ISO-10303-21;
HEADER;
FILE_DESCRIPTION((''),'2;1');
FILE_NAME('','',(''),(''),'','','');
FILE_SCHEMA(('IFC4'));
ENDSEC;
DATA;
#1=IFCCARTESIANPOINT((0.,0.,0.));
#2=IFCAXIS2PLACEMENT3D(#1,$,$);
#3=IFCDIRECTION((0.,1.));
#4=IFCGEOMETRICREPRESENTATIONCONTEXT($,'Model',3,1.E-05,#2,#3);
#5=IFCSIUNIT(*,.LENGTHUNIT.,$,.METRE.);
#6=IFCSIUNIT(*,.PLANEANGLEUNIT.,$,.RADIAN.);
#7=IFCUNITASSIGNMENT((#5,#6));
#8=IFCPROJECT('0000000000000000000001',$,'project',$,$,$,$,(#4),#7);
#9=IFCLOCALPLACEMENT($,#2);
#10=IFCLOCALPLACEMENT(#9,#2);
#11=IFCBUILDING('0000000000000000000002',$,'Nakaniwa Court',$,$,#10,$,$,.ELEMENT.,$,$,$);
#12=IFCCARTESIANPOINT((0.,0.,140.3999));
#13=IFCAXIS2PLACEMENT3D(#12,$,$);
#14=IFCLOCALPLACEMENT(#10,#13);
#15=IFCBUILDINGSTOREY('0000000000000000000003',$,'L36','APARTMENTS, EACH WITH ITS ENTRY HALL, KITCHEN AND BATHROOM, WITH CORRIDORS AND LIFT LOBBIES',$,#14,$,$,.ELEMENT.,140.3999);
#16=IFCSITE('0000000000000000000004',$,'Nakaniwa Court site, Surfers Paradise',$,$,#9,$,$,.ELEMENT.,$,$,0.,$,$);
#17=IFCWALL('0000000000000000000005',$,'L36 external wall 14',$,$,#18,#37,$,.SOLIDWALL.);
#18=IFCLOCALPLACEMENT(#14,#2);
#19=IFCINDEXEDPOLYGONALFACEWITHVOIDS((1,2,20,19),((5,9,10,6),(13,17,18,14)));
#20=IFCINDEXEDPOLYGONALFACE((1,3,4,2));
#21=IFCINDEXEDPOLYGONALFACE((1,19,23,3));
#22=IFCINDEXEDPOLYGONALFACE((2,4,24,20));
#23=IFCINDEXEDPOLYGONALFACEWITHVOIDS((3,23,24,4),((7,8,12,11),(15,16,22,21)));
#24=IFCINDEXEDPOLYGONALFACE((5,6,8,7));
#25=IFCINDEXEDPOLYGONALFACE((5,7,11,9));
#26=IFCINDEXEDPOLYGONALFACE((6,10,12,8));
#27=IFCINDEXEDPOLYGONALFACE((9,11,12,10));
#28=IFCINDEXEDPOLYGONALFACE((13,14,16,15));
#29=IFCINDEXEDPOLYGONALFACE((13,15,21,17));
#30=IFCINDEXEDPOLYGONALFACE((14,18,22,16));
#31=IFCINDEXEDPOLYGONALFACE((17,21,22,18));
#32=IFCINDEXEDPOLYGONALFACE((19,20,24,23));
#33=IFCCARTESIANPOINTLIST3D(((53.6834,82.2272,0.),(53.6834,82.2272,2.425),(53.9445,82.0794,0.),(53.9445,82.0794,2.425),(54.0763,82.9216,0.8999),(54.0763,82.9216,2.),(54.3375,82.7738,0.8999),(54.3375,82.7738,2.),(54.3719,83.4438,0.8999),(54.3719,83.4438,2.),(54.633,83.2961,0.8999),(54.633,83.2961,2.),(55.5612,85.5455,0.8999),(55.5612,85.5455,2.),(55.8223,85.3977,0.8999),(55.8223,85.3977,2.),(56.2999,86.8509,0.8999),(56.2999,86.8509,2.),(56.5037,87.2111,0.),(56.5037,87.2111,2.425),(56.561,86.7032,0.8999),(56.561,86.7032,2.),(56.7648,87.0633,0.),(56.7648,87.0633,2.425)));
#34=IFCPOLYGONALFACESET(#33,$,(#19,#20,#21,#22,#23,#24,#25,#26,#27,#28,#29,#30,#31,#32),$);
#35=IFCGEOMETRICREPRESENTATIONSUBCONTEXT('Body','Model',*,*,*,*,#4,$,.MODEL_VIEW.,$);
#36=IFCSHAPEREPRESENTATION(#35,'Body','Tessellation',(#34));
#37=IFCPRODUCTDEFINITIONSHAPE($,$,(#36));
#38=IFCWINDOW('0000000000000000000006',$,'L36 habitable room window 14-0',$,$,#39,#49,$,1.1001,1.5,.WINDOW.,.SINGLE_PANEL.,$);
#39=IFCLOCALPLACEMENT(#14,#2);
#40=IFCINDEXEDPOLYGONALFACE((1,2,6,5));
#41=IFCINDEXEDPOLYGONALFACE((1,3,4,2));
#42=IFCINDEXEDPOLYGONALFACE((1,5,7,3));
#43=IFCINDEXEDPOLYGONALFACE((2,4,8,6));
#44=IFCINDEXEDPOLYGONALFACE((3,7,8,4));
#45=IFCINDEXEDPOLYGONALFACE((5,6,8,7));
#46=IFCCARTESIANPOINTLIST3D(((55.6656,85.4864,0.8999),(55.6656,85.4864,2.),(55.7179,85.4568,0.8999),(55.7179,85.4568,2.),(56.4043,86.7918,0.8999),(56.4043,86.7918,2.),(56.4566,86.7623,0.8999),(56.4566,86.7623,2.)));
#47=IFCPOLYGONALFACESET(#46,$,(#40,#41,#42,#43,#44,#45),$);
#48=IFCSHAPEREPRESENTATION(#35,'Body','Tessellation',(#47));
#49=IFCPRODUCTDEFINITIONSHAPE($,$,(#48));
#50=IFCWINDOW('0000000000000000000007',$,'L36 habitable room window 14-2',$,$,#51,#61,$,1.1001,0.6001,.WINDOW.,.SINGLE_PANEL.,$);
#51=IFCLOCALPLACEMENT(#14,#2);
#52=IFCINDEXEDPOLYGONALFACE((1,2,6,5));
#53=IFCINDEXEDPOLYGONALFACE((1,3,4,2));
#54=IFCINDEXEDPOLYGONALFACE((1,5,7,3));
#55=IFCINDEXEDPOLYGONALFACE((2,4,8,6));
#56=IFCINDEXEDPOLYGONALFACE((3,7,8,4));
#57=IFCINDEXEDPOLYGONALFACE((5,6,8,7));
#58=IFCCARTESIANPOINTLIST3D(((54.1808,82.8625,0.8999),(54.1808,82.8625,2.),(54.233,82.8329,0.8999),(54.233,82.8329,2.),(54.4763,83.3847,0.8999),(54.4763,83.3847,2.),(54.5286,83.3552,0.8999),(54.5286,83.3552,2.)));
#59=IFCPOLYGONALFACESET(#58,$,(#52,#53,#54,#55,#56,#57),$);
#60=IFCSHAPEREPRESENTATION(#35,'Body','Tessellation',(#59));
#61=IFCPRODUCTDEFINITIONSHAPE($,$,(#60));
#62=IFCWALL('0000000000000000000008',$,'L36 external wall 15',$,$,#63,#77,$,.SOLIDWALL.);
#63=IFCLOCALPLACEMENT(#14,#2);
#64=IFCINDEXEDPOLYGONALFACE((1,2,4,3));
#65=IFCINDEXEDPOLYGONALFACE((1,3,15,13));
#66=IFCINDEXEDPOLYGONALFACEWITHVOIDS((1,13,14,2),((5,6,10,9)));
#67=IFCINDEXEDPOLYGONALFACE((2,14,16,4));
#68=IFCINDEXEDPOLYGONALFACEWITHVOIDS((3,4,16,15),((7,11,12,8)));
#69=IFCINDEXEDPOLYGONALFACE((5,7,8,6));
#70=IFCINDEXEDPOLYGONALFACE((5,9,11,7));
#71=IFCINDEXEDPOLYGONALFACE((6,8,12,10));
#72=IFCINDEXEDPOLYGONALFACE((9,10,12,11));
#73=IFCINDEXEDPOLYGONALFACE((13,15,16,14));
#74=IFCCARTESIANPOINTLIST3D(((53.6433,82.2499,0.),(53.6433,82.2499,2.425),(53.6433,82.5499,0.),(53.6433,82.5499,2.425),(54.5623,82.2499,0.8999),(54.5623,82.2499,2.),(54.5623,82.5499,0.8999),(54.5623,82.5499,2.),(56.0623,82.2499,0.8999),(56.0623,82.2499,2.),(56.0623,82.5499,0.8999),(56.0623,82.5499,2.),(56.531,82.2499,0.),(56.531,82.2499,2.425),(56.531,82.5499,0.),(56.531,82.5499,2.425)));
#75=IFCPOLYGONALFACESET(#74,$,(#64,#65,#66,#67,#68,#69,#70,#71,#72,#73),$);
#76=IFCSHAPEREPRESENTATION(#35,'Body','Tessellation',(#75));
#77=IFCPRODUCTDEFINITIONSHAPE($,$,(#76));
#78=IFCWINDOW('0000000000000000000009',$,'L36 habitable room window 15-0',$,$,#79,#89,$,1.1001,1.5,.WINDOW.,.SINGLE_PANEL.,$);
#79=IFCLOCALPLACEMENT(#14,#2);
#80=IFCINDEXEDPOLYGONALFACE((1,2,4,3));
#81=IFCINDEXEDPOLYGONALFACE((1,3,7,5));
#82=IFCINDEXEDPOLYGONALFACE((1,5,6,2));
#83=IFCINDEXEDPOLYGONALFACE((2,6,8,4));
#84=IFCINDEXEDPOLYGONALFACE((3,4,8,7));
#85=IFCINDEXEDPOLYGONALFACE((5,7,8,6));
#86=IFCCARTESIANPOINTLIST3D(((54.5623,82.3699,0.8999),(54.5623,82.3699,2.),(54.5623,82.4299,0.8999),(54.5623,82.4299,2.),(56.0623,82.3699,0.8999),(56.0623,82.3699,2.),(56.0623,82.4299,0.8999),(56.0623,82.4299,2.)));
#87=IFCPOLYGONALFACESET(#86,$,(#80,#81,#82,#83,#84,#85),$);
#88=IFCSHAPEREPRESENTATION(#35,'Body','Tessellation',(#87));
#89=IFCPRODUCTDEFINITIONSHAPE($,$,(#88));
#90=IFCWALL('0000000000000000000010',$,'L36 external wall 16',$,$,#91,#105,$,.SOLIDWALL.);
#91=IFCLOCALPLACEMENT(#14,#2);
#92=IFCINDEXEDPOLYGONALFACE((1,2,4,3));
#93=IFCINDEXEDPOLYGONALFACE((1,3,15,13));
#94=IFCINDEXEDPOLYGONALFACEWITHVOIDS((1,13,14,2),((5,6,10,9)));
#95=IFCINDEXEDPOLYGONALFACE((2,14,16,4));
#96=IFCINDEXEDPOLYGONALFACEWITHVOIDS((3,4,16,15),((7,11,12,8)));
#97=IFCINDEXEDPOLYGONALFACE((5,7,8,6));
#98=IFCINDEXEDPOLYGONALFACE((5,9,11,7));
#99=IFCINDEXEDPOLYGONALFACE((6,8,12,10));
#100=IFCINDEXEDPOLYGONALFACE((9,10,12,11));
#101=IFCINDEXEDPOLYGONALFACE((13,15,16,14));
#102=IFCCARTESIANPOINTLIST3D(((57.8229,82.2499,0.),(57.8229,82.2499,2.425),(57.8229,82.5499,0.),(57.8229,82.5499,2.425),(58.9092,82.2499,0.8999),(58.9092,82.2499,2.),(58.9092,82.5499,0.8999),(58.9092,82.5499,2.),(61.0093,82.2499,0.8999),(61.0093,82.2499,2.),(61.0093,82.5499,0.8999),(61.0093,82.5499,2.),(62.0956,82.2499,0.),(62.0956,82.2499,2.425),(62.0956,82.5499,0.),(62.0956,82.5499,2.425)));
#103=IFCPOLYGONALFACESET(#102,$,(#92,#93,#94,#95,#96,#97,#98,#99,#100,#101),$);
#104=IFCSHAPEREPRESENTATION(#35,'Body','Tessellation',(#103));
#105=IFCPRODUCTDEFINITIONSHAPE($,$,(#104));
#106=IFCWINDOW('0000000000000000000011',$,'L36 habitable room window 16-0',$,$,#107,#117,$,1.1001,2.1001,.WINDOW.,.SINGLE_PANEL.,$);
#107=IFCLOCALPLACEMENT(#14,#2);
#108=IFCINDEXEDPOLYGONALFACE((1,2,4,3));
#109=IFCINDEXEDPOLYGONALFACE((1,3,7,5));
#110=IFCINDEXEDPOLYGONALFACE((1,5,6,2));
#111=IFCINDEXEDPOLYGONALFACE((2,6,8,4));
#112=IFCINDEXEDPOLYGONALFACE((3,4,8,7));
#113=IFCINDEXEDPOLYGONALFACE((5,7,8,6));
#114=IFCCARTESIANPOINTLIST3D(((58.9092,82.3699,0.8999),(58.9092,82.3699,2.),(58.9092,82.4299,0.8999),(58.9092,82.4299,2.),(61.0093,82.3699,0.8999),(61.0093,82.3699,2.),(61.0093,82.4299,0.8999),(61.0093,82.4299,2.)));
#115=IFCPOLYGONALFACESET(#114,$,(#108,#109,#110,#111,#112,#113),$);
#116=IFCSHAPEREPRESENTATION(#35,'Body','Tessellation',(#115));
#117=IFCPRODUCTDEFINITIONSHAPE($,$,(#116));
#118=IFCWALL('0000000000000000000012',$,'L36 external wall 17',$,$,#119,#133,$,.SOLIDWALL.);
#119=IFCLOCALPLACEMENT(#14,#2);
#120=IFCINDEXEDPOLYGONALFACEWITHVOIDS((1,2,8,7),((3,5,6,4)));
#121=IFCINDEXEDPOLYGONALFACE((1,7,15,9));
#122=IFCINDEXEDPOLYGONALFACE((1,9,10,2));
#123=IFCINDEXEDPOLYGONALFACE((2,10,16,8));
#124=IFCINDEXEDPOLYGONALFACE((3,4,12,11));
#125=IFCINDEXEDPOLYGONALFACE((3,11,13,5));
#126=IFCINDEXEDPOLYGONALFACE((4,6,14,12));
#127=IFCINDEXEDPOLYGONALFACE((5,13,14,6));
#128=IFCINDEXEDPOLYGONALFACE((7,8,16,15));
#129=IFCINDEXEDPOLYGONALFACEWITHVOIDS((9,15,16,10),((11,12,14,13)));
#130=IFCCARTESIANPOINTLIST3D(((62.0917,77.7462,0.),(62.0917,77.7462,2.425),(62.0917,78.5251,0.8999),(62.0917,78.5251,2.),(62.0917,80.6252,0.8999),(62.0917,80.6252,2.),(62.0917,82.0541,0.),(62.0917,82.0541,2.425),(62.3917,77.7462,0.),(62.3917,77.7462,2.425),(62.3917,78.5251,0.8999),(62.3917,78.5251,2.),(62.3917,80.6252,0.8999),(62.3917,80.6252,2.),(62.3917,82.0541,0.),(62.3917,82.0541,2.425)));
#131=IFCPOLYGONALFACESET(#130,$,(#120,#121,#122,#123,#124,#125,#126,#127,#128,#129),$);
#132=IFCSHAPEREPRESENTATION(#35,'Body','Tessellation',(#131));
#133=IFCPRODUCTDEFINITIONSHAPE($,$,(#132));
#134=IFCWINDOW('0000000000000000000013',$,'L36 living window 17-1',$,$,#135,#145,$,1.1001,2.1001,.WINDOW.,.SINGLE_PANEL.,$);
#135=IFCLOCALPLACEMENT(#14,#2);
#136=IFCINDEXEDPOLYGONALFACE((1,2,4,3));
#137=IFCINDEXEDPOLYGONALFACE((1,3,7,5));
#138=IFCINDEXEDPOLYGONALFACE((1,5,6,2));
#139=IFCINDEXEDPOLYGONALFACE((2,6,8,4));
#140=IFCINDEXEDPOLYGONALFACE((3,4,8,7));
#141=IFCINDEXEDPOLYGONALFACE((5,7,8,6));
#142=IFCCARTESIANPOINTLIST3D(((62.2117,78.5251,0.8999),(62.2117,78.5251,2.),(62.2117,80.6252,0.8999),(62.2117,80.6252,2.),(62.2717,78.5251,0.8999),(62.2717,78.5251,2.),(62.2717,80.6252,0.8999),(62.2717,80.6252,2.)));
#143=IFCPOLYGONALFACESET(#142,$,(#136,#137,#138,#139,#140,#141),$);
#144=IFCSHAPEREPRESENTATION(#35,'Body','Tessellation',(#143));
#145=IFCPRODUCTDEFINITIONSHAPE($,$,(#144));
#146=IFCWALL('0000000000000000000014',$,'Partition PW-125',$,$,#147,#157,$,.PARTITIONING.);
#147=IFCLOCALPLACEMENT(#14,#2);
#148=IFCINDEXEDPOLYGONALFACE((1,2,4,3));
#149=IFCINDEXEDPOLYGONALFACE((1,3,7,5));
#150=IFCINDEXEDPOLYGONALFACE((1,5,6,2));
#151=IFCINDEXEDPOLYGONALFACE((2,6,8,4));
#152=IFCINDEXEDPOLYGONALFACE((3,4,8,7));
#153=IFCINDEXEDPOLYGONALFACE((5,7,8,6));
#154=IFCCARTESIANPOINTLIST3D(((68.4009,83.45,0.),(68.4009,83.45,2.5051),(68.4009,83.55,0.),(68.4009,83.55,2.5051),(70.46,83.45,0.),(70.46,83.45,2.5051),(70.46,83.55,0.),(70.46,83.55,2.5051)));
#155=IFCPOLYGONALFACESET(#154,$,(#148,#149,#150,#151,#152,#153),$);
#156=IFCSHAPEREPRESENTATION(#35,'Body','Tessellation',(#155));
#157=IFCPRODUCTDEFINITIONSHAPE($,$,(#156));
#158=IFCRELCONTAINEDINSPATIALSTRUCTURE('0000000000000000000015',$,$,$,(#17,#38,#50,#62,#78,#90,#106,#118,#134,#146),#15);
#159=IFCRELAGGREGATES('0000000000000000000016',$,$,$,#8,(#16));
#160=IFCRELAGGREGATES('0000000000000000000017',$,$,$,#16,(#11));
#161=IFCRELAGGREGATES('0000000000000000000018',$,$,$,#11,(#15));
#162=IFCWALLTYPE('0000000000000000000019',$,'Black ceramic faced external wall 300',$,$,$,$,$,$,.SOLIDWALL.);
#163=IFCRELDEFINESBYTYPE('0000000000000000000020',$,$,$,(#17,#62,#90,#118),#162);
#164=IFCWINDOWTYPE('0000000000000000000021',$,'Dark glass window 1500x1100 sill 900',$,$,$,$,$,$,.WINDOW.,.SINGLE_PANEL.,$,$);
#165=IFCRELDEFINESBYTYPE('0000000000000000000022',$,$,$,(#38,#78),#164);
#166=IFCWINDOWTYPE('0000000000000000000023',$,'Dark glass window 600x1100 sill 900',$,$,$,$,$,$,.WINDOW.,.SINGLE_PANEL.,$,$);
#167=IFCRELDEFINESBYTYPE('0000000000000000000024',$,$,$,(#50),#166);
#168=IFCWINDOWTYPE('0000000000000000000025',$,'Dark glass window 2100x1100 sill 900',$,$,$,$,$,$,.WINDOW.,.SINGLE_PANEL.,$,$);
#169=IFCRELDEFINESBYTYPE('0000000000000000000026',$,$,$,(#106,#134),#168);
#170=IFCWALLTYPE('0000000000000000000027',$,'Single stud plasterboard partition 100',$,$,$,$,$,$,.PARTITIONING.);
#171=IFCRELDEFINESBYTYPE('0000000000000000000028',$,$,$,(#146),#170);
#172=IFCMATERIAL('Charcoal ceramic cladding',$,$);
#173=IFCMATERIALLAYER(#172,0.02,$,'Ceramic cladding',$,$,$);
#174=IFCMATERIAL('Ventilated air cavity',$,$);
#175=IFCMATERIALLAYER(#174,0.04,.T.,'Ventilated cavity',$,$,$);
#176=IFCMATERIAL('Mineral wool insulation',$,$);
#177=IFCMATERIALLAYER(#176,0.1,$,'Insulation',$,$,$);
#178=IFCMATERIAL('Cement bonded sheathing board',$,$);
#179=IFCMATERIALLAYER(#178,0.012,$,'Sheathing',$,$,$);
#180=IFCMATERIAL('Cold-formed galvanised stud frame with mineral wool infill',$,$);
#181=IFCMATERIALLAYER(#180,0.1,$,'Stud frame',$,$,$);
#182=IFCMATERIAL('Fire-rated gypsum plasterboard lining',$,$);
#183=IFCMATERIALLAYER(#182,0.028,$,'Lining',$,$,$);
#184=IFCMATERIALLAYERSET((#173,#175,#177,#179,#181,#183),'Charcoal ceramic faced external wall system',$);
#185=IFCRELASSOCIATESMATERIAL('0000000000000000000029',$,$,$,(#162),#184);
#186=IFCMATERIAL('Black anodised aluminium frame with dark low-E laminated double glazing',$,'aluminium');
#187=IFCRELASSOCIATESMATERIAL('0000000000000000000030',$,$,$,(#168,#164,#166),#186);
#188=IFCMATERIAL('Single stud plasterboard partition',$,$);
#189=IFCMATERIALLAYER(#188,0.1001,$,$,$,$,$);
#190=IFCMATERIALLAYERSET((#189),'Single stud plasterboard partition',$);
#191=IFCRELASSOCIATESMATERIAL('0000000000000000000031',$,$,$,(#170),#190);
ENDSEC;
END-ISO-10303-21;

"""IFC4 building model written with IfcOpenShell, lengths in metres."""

from ifc_helpers import new_model, si_unit, direction, frame, frame_2d, origin, place, context, subcontext, project, spatial, rectangle, extrude, material, layer, layer_set, type_object, element, fill, save


model = new_model("IFC4")

# Units and contexts
model_context = context("Model", 3, precision=1e-05, world=origin(), true_north=direction((0.0, 1.0)))
body_context = subcontext(model_context, "Body", "Model", "MODEL_VIEW")
ifc_project = project(units=[si_unit("LENGTHUNIT", "METRE"), si_unit("PLANEANGLEUNIT", "RADIAN")], contexts=[model_context])

# Site, building, storey
site_placement = place(None, origin())
site = spatial("IfcSite", under=ifc_project, at=site_placement, Name="Nakaniwa Court site, Surfers Paradise", CompositionType="ELEMENT", RefElevation=0.0)
building_placement = place(site_placement, origin())
building = spatial("IfcBuilding", under=site, at=building_placement, Name="Nakaniwa Court", CompositionType="ELEMENT")
storey_placement = place(building_placement, frame((0.0, 0.0, 140.3999)))
storey = spatial("IfcBuildingStorey", under=building, at=storey_placement, Name="L36", Description="APARTMENTS, EACH WITH ITS ENTRY HALL, KITCHEN AND BATHROOM, WITH CORRIDORS AND LIFT LOBBIES", CompositionType="ELEMENT", Elevation=140.3999)

# Shared definitions
ifc_material_1 = material(Name="Charcoal ceramic cladding")
ifc_layer_1 = layer(ifc_material_1, 0.02, Name="Ceramic cladding")
ifc_material_2 = material(Name="Ventilated air cavity")
ifc_layer_2 = layer(ifc_material_2, 0.04, ventilated=True, Name="Ventilated cavity")
ifc_material_3 = material(Name="Mineral wool insulation")
ifc_layer_3 = layer(ifc_material_3, 0.1, Name="Insulation")
ifc_material_4 = material(Name="Cement bonded sheathing board")
ifc_layer_4 = layer(ifc_material_4, 0.012, Name="Sheathing")
ifc_material_5 = material(Name="Cold-formed galvanised stud frame with mineral wool infill")
ifc_layer_5 = layer(ifc_material_5, 0.1, Name="Stud frame")
ifc_material_6 = material(Name="Fire-rated gypsum plasterboard lining")
ifc_layer_6 = layer(ifc_material_6, 0.028, Name="Lining")
ifc_layer_set_1 = layer_set([ifc_layer_1, ifc_layer_2, ifc_layer_3, ifc_layer_4, ifc_layer_5, ifc_layer_6], Name="Charcoal ceramic faced external wall system")
wall_type_1 = type_object("IfcWallType", Name="Black ceramic faced external wall 300", PredefinedType="SOLIDWALL", material=ifc_layer_set_1)
ifc_material_7 = material(Name="Black anodised aluminium frame with dark low-E laminated double glazing", Category="aluminium")
window_type_1 = type_object("IfcWindowType", Name="Dark glass window 2100x1100 sill 900", PartitioningType="SINGLE_PANEL", PredefinedType="WINDOW", material=ifc_material_7)

# Wall, openings, windows
wall_1_placement = place(storey_placement, frame((56.6343, 87.1372, 0.0), z_axis=(0.0, 0.0, 1.0), x_axis=(-0.492498, -0.870313, 0.0)))
wall_1 = element("IfcWall", 1, at=wall_1_placement, inside=storey, type_object=wall_type_1, Name="L36 external wall 14", PredefinedType="SOLIDWALL", context=body_context, shape_type="SweptSolid", body=[
    extrude(rectangle(XDim=5.7266, YDim=0.3, at=frame_2d((2.8633, 0.0))), origin(), (0.0, 0.0, 1.0), 2.425),
])
opening_1_placement = place(wall_1_placement, frame((0.4138, 0.0, 0.8999)))
opening_1 = element("IfcOpeningElement", 2, at=opening_1_placement, cuts=wall_1, PredefinedType="OPENING", context=body_context, shape_type="SweptSolid", body=[
    extrude(rectangle(XDim=1.5, YDim=1.1001, at=frame_2d((0.75, 0.55))), frame((0.0, 0.1599, 0.0), z_axis=(0.0, -1.0, 0.0), x_axis=(1.0, 0.0, 0.0)), (0.0, 0.0, 1.0), 0.3201),
])
opening_2_placement = place(wall_1_placement, frame((4.3286, 0.0, 0.8999)))
opening_2 = element("IfcOpeningElement", 3, at=opening_2_placement, cuts=wall_1, PredefinedType="OPENING", context=body_context, shape_type="SweptSolid", body=[
    extrude(rectangle(XDim=0.6001, YDim=1.1001, at=frame_2d((0.3, 0.55))), frame((0.0, 0.1599, 0.0), z_axis=(0.0, -1.0, 0.0), x_axis=(1.0, 0.0, 0.0)), (0.0, 0.0, 1.0), 0.3201),
])
window_type_2 = type_object("IfcWindowType", Name="Dark glass window 1500x1100 sill 900", PartitioningType="SINGLE_PANEL", PredefinedType="WINDOW", material=ifc_material_7)
window_1_placement = place(opening_1_placement, origin())
window_1 = element("IfcWindow", 4, at=window_1_placement, inside=storey, type_object=window_type_2, Name="L36 habitable room window 14-0", OverallHeight=1.1001, OverallWidth=1.5, PartitioningType="SINGLE_PANEL", PredefinedType="WINDOW", context=body_context, shape_type="SweptSolid", body=[
    extrude(rectangle(XDim=1.5, YDim=1.1001, at=frame_2d((0.75, 0.55))), frame((0.0, 0.03, 0.0), z_axis=(0.0, -1.0, 0.0), x_axis=(1.0, 0.0, 0.0)), (0.0, 0.0, 1.0), 0.0601),
])
fill(opening_1, window_1)
window_type_3 = type_object("IfcWindowType", Name="Dark glass window 600x1100 sill 900", PartitioningType="SINGLE_PANEL", PredefinedType="WINDOW", material=ifc_material_7)
window_2_placement = place(opening_2_placement, origin())
window_2 = element("IfcWindow", 5, at=window_2_placement, inside=storey, type_object=window_type_3, Name="L36 habitable room window 14-2", OverallHeight=1.1001, OverallWidth=0.6001, PartitioningType="SINGLE_PANEL", PredefinedType="WINDOW", context=body_context, shape_type="SweptSolid", body=[
    extrude(rectangle(XDim=0.6001, YDim=1.1001, at=frame_2d((0.3, 0.55))), frame((0.0, 0.03, 0.0), z_axis=(0.0, -1.0, 0.0), x_axis=(1.0, 0.0, 0.0)), (0.0, 0.0, 1.0), 0.0601),
])
fill(opening_2, window_2)

# Walls, openings, windows
wall_2_placement = place(storey_placement, frame((53.6433, 82.3999, 0.0), z_axis=(0.0, 0.0, 1.0), x_axis=(1.0, 0.0, 0.0)))
wall_2 = element("IfcWall", 6, at=wall_2_placement, inside=storey, type_object=wall_type_1, Name="L36 external wall 15", PredefinedType="SOLIDWALL", context=body_context, shape_type="SweptSolid", body=[
    extrude(rectangle(XDim=2.8877, YDim=0.3, at=frame_2d((1.4438, 0.0))), origin(), (0.0, 0.0, 1.0), 2.425),
])
opening_3_placement = place(wall_2_placement, frame((0.9189, 0.0, 0.8999)))
opening_3 = element("IfcOpeningElement", 7, at=opening_3_placement, cuts=wall_2, PredefinedType="OPENING", context=body_context, shape_type="SweptSolid", body=[
    extrude(rectangle(XDim=1.5, YDim=1.1001, at=frame_2d((0.75, 0.55))), frame((0.0, 0.1599, 0.0), z_axis=(0.0, -1.0, 0.0), x_axis=(1.0, 0.0, 0.0)), (0.0, 0.0, 1.0), 0.3201),
])
window_3_placement = place(opening_3_placement, origin())
window_3 = element("IfcWindow", 8, at=window_3_placement, inside=storey, type_object=window_type_2, Name="L36 habitable room window 15-0", OverallHeight=1.1001, OverallWidth=1.5, PartitioningType="SINGLE_PANEL", PredefinedType="WINDOW", context=body_context, shape_type="SweptSolid", body=[
    extrude(rectangle(XDim=1.5, YDim=1.1001, at=frame_2d((0.75, 0.55))), frame((0.0, 0.03, 0.0), z_axis=(0.0, -1.0, 0.0), x_axis=(1.0, 0.0, 0.0)), (0.0, 0.0, 1.0), 0.0601),
])
fill(opening_3, window_3)
wall_3_placement = place(storey_placement, frame((57.823, 82.3999, 0.0), z_axis=(0.0, 0.0, 1.0), x_axis=(1.0, 0.0, 0.0)))
wall_3 = element("IfcWall", 9, at=wall_3_placement, inside=storey, type_object=wall_type_1, Name="L36 external wall 16", PredefinedType="SOLIDWALL", context=body_context, shape_type="SweptSolid", body=[
    extrude(rectangle(XDim=4.2727, YDim=0.3, at=frame_2d((2.1362, 0.0))), origin(), (0.0, 0.0, 1.0), 2.425),
])
opening_4_placement = place(wall_3_placement, frame((1.0862, 0.0, 0.8999)))
opening_4 = element("IfcOpeningElement", 10, at=opening_4_placement, cuts=wall_3, PredefinedType="OPENING", context=body_context, shape_type="SweptSolid", body=[
    extrude(rectangle(XDim=2.1001, YDim=1.1001, at=frame_2d((1.05, 0.55))), frame((0.0, 0.1599, 0.0), z_axis=(0.0, -1.0, 0.0), x_axis=(1.0, 0.0, 0.0)), (0.0, 0.0, 1.0), 0.3201),
])
window_4_placement = place(opening_4_placement, origin())
window_4 = element("IfcWindow", 11, at=window_4_placement, inside=storey, type_object=window_type_1, Name="L36 habitable room window 16-0", OverallHeight=1.1001, OverallWidth=2.1001, PartitioningType="SINGLE_PANEL", PredefinedType="WINDOW", context=body_context, shape_type="SweptSolid", body=[
    extrude(rectangle(XDim=2.1001, YDim=1.1001, at=frame_2d((1.05, 0.55))), frame((0.0, 0.03, 0.0), z_axis=(0.0, -1.0, 0.0), x_axis=(1.0, 0.0, 0.0)), (0.0, 0.0, 1.0), 0.0601),
])
fill(opening_4, window_4)
wall_4_placement = place(storey_placement, frame((62.2417, 82.054, 0.0), z_axis=(0.0, 0.0, 1.0), x_axis=(0.0, -1.0, 0.0)))
wall_4 = element("IfcWall", 12, at=wall_4_placement, inside=storey, type_object=wall_type_1, Name="L36 external wall 17", PredefinedType="SOLIDWALL", context=body_context, shape_type="SweptSolid", body=[
    extrude(rectangle(XDim=4.3079, YDim=0.3, at=frame_2d((2.1538, 0.0))), origin(), (0.0, 0.0, 1.0), 2.425),
])
opening_5_placement = place(wall_4_placement, frame((1.4287, 0.0, 0.8999)))
opening_5 = element("IfcOpeningElement", 13, at=opening_5_placement, cuts=wall_4, PredefinedType="OPENING", context=body_context, shape_type="SweptSolid", body=[
    extrude(rectangle(XDim=2.1001, YDim=1.1001, at=frame_2d((1.05, 0.55))), frame((0.0, 0.1599, 0.0), z_axis=(0.0, -1.0, 0.0), x_axis=(1.0, 0.0, 0.0)), (0.0, 0.0, 1.0), 0.3201),
])
window_5_placement = place(opening_5_placement, origin())
window_5 = element("IfcWindow", 14, at=window_5_placement, inside=storey, type_object=window_type_1, Name="L36 living window 17-1", OverallHeight=1.1001, OverallWidth=2.1001, PartitioningType="SINGLE_PANEL", PredefinedType="WINDOW", context=body_context, shape_type="SweptSolid", body=[
    extrude(rectangle(XDim=2.1001, YDim=1.1001, at=frame_2d((1.05, 0.55))), frame((0.0, 0.03, 0.0), z_axis=(0.0, -1.0, 0.0), x_axis=(1.0, 0.0, 0.0)), (0.0, 0.0, 1.0), 0.0601),
])
fill(opening_5, window_5)

# Wall
ifc_material_8 = material(Name="Single stud plasterboard partition")
ifc_layer_7 = layer(ifc_material_8, 0.1001)
ifc_layer_set_2 = layer_set([ifc_layer_7], Name="Single stud plasterboard partition")
wall_type_2 = type_object("IfcWallType", Name="Single stud plasterboard partition 100", PredefinedType="PARTITIONING", material=ifc_layer_set_2)
wall_5_placement = place(storey_placement, frame((68.4009, 83.5, 0.0), z_axis=(0.0, 0.0, 1.0), x_axis=(1.0, 0.0, 0.0)))
element("IfcWall", 15, at=wall_5_placement, inside=storey, type_object=wall_type_2, Name="Partition PW-125", PredefinedType="PARTITIONING", context=body_context, shape_type="SweptSolid", body=[
    extrude(rectangle(XDim=2.0591, YDim=0.1001, at=frame_2d((1.0295, 0.0))), origin(), (0.0, 0.0, 1.0), 2.5051),
])

save(model, "model.ifc")
